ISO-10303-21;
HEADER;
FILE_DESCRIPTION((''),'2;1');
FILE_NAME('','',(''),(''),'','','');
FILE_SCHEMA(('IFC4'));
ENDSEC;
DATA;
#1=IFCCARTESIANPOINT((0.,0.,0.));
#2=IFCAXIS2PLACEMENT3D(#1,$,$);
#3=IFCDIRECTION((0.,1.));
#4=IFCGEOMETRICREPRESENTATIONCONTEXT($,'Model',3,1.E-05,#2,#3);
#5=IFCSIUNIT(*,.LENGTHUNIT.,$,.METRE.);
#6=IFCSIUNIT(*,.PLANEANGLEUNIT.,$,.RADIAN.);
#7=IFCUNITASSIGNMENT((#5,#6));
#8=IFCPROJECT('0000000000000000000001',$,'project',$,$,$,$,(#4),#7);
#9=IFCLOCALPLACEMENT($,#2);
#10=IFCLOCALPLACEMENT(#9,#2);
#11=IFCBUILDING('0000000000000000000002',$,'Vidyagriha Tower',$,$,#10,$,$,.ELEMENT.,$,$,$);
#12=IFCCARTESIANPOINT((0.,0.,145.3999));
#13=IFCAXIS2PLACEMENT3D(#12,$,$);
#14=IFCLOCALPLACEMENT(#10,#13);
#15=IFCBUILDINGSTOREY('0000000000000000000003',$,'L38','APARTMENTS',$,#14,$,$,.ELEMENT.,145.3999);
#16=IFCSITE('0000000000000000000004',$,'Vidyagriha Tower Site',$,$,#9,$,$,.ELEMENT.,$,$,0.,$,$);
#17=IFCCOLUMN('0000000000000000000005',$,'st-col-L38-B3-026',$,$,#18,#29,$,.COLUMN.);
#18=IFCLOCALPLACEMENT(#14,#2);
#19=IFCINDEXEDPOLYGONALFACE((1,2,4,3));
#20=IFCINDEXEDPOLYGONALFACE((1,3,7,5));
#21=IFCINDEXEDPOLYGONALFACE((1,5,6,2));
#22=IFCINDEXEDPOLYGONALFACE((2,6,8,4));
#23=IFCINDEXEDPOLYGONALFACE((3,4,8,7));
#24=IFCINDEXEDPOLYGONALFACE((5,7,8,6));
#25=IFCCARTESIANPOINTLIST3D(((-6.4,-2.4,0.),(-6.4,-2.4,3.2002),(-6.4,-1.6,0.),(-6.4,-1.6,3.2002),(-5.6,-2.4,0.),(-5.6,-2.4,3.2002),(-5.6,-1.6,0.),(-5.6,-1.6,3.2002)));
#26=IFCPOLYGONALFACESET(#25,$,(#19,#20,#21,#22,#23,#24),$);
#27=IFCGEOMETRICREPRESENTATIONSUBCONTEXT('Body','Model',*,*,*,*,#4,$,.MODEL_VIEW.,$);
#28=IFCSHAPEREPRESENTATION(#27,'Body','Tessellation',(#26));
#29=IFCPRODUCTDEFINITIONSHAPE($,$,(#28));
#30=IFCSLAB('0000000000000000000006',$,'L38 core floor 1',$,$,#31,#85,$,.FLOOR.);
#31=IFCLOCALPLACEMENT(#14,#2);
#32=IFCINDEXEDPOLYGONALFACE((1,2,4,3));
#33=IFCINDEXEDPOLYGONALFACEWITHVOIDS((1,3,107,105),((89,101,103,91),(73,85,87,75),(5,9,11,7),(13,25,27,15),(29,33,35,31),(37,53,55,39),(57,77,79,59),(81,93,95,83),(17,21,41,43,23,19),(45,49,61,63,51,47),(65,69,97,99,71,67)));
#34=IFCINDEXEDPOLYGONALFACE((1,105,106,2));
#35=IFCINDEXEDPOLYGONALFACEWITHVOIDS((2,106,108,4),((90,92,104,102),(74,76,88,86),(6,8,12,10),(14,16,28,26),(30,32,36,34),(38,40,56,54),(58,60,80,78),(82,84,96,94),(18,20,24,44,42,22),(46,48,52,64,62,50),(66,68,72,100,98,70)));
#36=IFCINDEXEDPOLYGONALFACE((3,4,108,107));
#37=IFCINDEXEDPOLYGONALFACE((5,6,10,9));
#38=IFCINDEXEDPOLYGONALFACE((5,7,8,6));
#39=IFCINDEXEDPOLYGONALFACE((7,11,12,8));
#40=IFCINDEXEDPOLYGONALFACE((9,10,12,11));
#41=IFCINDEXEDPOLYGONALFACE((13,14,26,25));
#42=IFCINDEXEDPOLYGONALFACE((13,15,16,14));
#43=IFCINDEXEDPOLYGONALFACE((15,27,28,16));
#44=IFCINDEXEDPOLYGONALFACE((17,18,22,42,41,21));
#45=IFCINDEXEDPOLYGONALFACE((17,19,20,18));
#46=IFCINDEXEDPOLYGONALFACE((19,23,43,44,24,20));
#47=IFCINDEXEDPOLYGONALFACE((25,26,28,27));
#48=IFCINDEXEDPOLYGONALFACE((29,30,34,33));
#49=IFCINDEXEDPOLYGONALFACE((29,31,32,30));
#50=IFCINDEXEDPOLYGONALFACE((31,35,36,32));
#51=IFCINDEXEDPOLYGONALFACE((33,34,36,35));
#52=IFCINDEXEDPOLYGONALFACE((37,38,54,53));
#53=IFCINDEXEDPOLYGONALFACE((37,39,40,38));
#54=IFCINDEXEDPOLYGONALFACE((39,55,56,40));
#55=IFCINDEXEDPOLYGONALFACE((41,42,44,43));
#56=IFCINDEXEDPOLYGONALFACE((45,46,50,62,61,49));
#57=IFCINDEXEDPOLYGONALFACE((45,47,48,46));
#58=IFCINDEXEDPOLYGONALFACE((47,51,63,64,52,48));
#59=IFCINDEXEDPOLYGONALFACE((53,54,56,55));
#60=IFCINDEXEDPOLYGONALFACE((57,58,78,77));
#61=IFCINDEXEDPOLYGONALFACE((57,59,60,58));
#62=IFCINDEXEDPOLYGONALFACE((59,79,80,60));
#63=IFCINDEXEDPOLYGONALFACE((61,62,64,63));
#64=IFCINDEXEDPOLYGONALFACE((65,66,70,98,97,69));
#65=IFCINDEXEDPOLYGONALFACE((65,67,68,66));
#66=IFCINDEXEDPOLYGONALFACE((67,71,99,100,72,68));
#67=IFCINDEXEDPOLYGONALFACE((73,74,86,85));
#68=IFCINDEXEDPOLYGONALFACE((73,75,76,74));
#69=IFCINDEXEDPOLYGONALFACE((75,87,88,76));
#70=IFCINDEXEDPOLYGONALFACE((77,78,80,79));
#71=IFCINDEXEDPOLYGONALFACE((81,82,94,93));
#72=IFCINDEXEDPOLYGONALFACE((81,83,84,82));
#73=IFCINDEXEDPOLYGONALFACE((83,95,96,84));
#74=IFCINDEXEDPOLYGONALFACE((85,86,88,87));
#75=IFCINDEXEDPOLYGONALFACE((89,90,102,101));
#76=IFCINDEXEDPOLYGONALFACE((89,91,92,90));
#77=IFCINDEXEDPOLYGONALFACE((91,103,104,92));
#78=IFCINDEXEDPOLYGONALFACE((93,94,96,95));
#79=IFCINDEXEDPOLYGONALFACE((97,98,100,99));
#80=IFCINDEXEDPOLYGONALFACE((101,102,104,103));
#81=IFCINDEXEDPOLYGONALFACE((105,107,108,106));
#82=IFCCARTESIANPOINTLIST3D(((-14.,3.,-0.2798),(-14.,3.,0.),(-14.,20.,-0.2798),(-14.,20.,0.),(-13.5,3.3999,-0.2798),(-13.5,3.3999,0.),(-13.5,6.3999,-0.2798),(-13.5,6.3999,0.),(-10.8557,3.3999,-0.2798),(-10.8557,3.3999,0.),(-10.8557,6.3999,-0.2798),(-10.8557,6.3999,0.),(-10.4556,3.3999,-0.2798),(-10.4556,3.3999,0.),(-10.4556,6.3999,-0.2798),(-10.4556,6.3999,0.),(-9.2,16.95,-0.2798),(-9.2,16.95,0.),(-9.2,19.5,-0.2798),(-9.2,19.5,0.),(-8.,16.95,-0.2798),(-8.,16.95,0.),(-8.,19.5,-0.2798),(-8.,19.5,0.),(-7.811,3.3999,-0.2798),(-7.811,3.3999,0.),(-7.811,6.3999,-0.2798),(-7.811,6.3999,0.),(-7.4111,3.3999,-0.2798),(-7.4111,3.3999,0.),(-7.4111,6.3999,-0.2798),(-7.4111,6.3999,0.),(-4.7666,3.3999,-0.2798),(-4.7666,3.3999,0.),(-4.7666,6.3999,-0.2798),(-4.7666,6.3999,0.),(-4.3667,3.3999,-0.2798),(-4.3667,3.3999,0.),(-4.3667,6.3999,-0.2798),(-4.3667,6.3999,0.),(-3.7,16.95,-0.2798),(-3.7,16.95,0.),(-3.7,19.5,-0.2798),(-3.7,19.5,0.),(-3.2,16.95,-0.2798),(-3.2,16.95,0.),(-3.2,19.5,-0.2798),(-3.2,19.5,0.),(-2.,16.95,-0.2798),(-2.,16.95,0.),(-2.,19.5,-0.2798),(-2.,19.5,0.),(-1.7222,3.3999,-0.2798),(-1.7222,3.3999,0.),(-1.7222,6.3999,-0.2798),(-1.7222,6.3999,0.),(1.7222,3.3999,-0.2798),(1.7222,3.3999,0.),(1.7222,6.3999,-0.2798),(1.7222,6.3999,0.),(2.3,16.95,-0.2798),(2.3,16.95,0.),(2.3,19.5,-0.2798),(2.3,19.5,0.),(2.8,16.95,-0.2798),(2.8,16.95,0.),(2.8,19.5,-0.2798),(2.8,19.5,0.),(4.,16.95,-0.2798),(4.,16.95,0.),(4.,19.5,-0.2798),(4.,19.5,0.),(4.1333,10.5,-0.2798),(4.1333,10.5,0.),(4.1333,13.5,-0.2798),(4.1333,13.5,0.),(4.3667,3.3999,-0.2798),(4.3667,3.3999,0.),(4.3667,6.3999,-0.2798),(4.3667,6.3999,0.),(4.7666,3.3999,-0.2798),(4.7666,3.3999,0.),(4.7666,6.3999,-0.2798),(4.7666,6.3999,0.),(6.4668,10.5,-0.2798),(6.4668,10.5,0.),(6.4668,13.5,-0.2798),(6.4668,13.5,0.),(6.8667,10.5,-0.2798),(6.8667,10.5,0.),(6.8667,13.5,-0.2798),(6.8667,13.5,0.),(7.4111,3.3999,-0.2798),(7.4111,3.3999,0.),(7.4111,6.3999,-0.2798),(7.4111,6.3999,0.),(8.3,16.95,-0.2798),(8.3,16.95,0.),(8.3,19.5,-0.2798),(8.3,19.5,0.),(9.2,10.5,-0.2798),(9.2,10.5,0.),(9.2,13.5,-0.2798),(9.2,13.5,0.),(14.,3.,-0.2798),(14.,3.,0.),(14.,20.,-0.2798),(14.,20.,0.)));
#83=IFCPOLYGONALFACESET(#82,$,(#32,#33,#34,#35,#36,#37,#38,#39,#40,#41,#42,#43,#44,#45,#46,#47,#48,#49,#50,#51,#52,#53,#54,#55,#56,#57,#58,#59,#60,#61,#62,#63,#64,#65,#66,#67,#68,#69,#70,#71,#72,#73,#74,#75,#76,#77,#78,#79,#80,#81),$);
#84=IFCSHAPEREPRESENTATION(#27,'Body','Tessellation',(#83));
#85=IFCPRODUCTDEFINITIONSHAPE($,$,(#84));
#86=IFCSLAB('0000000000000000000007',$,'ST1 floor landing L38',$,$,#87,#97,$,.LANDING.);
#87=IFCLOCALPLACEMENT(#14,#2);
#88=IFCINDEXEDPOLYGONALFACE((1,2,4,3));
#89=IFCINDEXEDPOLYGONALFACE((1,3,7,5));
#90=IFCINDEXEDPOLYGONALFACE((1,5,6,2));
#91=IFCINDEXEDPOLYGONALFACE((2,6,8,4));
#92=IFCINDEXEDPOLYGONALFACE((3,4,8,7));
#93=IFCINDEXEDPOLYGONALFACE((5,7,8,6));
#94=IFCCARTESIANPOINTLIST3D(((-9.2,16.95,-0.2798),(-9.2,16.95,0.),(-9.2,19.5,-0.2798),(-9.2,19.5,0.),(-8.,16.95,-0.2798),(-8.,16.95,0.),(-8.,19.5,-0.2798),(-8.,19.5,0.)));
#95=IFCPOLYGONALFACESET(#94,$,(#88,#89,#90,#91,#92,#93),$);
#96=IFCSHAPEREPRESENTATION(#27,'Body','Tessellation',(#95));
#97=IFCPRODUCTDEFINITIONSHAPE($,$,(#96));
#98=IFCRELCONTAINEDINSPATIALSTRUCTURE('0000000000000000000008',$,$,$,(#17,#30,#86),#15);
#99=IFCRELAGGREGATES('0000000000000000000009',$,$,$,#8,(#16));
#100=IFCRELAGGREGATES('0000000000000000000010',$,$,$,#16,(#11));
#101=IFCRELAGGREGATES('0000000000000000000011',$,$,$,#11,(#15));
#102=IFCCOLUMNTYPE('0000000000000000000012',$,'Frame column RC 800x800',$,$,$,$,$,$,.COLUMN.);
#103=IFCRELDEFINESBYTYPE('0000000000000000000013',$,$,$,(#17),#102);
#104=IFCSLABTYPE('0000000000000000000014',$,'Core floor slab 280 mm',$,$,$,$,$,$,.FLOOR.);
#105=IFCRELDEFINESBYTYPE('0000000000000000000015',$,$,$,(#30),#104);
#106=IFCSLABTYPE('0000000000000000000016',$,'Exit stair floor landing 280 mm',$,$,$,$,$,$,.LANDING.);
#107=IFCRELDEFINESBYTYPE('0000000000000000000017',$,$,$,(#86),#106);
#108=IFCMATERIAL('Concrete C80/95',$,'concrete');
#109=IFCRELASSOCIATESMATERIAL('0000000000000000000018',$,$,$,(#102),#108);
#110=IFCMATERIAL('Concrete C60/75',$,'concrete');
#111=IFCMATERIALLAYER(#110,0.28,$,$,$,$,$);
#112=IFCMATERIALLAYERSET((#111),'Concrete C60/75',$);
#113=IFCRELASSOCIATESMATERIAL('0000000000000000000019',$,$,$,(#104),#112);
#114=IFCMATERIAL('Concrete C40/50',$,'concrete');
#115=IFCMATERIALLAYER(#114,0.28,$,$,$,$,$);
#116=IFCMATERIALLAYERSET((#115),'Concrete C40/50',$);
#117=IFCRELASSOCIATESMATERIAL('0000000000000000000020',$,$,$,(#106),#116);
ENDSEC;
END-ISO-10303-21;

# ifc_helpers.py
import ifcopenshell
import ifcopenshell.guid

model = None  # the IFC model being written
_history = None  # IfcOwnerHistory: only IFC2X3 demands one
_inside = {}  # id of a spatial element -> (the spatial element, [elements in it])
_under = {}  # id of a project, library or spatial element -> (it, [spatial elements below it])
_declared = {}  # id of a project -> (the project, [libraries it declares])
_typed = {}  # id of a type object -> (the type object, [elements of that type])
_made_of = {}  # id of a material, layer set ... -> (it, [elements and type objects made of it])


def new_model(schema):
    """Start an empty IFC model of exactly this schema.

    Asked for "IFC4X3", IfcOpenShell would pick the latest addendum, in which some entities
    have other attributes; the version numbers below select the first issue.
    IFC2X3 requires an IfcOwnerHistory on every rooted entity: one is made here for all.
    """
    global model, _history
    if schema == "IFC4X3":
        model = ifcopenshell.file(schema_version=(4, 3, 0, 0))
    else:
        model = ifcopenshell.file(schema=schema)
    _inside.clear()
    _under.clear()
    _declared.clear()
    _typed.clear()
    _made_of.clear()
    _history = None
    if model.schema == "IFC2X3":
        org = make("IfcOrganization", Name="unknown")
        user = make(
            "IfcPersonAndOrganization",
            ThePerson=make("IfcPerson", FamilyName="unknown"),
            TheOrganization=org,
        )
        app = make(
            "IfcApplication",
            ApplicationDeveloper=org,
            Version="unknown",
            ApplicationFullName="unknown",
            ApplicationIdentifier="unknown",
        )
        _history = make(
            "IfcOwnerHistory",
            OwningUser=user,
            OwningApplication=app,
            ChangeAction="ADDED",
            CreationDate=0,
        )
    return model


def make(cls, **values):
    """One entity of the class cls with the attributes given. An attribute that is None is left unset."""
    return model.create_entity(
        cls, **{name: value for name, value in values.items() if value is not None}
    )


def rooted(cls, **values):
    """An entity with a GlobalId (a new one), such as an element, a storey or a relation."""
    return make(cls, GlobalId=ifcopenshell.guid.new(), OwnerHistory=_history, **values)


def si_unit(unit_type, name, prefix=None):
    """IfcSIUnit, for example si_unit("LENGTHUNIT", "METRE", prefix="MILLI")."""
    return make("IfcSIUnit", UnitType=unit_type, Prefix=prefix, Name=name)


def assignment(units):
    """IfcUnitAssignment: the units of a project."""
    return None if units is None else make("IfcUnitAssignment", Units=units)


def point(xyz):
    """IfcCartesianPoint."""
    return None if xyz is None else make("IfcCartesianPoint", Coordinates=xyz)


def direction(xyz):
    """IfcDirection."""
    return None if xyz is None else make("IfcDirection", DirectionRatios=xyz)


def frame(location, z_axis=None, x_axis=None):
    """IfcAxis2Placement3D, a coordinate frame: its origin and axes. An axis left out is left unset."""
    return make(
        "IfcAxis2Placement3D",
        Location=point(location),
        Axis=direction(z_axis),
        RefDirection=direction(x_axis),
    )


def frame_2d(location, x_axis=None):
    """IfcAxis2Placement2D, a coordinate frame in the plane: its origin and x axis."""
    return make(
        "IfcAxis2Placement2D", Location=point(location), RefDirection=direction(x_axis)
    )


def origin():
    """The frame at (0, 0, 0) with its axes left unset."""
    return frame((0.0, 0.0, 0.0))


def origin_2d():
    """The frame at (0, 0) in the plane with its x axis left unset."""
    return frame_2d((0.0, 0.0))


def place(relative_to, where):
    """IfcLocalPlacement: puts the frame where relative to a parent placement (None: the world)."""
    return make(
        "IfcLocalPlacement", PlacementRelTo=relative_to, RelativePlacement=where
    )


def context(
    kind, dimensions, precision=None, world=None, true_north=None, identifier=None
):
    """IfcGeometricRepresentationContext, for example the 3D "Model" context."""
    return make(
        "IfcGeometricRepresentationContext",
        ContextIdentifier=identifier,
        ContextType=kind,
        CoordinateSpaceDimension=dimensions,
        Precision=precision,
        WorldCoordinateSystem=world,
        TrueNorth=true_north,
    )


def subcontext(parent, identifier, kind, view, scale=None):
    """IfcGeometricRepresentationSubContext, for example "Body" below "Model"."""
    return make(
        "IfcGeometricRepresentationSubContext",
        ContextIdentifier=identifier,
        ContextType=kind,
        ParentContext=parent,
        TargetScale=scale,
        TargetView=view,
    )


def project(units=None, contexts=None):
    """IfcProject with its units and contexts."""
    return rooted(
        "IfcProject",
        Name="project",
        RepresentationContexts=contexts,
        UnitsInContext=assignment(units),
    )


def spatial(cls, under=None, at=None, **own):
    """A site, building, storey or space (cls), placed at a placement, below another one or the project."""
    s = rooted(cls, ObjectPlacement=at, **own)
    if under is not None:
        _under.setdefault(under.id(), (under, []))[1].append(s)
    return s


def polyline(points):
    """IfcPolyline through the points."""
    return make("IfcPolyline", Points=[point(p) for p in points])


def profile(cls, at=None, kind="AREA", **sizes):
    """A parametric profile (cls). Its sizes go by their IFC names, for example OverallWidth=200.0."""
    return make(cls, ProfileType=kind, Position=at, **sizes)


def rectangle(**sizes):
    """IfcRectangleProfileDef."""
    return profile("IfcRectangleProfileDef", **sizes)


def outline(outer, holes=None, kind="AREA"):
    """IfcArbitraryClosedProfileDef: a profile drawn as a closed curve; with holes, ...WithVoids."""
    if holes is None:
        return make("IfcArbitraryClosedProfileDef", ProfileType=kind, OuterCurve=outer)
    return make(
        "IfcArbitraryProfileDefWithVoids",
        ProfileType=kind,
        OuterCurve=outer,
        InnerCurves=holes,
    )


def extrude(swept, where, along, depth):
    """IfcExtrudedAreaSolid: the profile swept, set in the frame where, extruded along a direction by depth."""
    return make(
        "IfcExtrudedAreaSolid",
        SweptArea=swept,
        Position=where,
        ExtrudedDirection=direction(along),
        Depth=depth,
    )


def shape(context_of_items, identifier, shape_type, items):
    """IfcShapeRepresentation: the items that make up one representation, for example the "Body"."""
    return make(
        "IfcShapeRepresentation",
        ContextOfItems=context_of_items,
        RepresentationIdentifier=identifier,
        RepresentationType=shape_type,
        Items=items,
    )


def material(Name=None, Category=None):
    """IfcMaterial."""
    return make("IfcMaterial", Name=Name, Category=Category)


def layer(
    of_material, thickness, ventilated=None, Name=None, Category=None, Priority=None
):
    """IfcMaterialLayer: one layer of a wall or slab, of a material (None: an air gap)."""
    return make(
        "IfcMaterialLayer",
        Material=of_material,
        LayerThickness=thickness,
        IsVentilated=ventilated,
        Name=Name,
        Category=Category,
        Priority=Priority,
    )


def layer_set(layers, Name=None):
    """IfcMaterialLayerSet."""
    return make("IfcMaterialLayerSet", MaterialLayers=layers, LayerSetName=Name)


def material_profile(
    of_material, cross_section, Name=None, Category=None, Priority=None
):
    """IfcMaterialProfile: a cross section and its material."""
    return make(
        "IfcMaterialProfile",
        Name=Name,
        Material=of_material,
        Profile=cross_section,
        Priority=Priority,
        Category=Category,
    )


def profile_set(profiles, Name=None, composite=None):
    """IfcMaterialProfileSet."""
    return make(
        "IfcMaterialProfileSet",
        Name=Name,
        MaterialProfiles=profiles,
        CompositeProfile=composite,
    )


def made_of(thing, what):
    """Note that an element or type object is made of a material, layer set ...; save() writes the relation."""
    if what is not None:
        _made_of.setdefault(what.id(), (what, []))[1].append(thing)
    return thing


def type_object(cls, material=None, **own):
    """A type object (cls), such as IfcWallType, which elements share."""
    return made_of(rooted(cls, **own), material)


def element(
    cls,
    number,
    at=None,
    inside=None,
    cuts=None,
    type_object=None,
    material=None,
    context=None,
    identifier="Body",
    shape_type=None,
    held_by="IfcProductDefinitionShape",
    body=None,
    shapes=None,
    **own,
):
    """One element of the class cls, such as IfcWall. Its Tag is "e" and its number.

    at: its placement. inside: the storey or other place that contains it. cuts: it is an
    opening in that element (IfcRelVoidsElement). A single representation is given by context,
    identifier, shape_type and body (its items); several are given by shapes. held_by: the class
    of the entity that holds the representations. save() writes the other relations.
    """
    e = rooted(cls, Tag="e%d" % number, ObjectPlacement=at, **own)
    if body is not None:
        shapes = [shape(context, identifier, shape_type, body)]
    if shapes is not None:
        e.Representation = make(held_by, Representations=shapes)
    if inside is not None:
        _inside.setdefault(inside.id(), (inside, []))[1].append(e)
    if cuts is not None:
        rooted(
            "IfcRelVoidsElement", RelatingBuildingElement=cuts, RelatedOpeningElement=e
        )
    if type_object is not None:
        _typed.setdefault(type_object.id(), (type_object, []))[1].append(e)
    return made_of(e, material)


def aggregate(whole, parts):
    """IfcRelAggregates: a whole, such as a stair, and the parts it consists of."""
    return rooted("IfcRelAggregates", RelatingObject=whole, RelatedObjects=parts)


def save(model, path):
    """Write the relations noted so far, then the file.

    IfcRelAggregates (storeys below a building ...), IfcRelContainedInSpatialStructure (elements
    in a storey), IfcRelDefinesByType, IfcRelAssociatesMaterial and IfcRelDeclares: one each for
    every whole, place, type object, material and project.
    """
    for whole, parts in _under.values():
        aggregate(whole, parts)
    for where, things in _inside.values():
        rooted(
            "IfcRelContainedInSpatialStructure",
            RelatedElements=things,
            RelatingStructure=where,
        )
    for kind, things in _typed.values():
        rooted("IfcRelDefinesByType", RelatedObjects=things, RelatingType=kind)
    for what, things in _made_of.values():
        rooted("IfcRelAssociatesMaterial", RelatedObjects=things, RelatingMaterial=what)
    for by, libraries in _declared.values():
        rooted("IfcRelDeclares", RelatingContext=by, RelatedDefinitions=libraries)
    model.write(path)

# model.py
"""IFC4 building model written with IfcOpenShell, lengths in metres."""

from ifc_helpers import new_model, si_unit, direction, frame, origin, origin_2d, place, context, subcontext, project, spatial, polyline, rectangle, outline, extrude, material, layer, layer_set, material_profile, profile_set, type_object, element, save


model = new_model("IFC4")

# Units and contexts
model_context = context("Model", 3, precision=1e-05, world=origin(), true_north=direction((0.0, 1.0)))
body_context = subcontext(model_context, "Body", "Model", "MODEL_VIEW")
ifc_project = project(units=[si_unit("LENGTHUNIT", "METRE"), si_unit("PLANEANGLEUNIT", "RADIAN")], contexts=[model_context])

# Site, building, storey
site_placement = place(None, origin())
site = spatial("IfcSite", under=ifc_project, at=site_placement, Name="Vidyagriha Tower Site", CompositionType="ELEMENT", RefElevation=0.0)
building_placement = place(site_placement, origin())
building = spatial("IfcBuilding", under=site, at=building_placement, Name="Vidyagriha Tower", CompositionType="ELEMENT")
storey_placement = place(building_placement, frame((0.0, 0.0, 145.3999)))
storey = spatial("IfcBuildingStorey", under=building, at=storey_placement, Name="L38", Description="APARTMENTS", CompositionType="ELEMENT", Elevation=145.3999)

# Column
ifc_material_1 = material(Name="Concrete C80/95", Category="concrete")
ifc_material_profile = material_profile(ifc_material_1, rectangle(XDim=0.8, YDim=0.8, at=origin_2d()), Name="RC 800x800")
ifc_profile_set = profile_set([ifc_material_profile], Name="Concrete C80/95")
column_type = type_object("IfcColumnType", Name="Frame column RC 800x800", PredefinedType="COLUMN", material=ifc_profile_set)
column_placement = place(storey_placement, frame((-6.0, -2.0, 0.0)))
element("IfcColumn", 1, at=column_placement, inside=storey, type_object=column_type, Name="st-col-L38-B3-026", PredefinedType="COLUMN", context=body_context, shape_type="SweptSolid", body=[
    extrude(rectangle(XDim=0.8, YDim=0.8, at=origin_2d()), origin(), (0.0, 0.0, 1.0), 3.2002),
])

# Slabs
ifc_material_2 = material(Name="Concrete C60/75", Category="concrete")
ifc_layer_1 = layer(ifc_material_2, 0.28)
ifc_layer_set_1 = layer_set([ifc_layer_1], Name="Concrete C60/75")
slab_type_1 = type_object("IfcSlabType", Name="Core floor slab 280 mm", PredefinedType="FLOOR", material=ifc_layer_set_1)
slab_1_placement = place(storey_placement, frame((0.0, 0.0, -0.2798)))
element("IfcSlab", 2, at=slab_1_placement, inside=storey, type_object=slab_type_1, Name="L38 core floor 1", PredefinedType="FLOOR", context=body_context, shape_type="SweptSolid", body=[
    extrude(outline(polyline([(-14.0, 3.0), (-14.0, 20.0), (14.0, 20.0), (14.0, 3.0), (-14.0, 3.0)]), holes=[polyline([(9.2, 13.5), (6.8667, 13.5), (6.8667, 10.5), (9.2, 10.5), (9.2, 13.5)]), polyline([(4.0, 19.5), (2.8, 19.5), (2.8, 16.95), (4.0, 16.95), (8.3, 16.95), (8.3, 19.5), (4.0, 19.5)]), polyline([(7.4111, 6.3999), (4.7666, 6.3999), (4.7666, 3.3999), (7.4111, 3.3999), (7.4111, 6.3999)]), polyline([(6.4668, 13.5), (4.1333, 13.5), (4.1333, 10.5), (6.4668, 10.5), (6.4668, 13.5)]), polyline([(1.7222, 6.3999), (1.7222, 3.3999), (4.3667, 3.3999), (4.3667, 6.3999), (1.7222, 6.3999)]), polyline([(-2.0, 16.95), (2.3, 16.95), (2.3, 19.5), (-2.0, 19.5), (-3.2, 19.5), (-3.2, 16.95), (-2.0, 16.95)]), polyline([(-1.7222, 6.3999), (-4.3667, 6.3999), (-4.3667, 3.3999), (-1.7222, 3.3999), (-1.7222, 6.3999)]), polyline([(-8.0, 19.5), (-9.2, 19.5), (-9.2, 16.95), (-8.0, 16.95), (-3.7, 16.95), (-3.7, 19.5), (-8.0, 19.5)]), polyline([(-4.7666, 6.3999), (-7.4111, 6.3999), (-7.4111, 3.3999), (-4.7666, 3.3999), (-4.7666, 6.3999)]), polyline([(-7.811, 6.3999), (-10.4556, 6.3999), (-10.4556, 3.3999), (-7.811, 3.3999), (-7.811, 6.3999)]), polyline([(-13.5, 6.3999), (-13.5, 3.3999), (-10.8557, 3.3999), (-10.8557, 6.3999), (-13.5, 6.3999)])]), origin(), (0.0, 0.0, 1.0), 0.2798),
])
ifc_material_3 = material(Name="Concrete C40/50", Category="concrete")
ifc_layer_2 = layer(ifc_material_3, 0.28)
ifc_layer_set_2 = layer_set([ifc_layer_2], Name="Concrete C40/50")
slab_type_2 = type_object("IfcSlabType", Name="Exit stair floor landing 280 mm", PredefinedType="LANDING", material=ifc_layer_set_2)
slab_2_placement = place(storey_placement, frame((0.0, 0.0, -0.2798)))
element("IfcSlab", 3, at=slab_2_placement, inside=storey, type_object=slab_type_2, Name="ST1 floor landing L38", PredefinedType="LANDING", context=body_context, shape_type="SweptSolid", body=[
    extrude(outline(polyline([(-9.2, 16.95), (-8.0, 16.95), (-8.0, 19.5), (-9.2, 19.5), (-9.2, 16.95)])), origin(), (0.0, 0.0, 1.0), 0.2798),
])

save(model, "model.ifc")
